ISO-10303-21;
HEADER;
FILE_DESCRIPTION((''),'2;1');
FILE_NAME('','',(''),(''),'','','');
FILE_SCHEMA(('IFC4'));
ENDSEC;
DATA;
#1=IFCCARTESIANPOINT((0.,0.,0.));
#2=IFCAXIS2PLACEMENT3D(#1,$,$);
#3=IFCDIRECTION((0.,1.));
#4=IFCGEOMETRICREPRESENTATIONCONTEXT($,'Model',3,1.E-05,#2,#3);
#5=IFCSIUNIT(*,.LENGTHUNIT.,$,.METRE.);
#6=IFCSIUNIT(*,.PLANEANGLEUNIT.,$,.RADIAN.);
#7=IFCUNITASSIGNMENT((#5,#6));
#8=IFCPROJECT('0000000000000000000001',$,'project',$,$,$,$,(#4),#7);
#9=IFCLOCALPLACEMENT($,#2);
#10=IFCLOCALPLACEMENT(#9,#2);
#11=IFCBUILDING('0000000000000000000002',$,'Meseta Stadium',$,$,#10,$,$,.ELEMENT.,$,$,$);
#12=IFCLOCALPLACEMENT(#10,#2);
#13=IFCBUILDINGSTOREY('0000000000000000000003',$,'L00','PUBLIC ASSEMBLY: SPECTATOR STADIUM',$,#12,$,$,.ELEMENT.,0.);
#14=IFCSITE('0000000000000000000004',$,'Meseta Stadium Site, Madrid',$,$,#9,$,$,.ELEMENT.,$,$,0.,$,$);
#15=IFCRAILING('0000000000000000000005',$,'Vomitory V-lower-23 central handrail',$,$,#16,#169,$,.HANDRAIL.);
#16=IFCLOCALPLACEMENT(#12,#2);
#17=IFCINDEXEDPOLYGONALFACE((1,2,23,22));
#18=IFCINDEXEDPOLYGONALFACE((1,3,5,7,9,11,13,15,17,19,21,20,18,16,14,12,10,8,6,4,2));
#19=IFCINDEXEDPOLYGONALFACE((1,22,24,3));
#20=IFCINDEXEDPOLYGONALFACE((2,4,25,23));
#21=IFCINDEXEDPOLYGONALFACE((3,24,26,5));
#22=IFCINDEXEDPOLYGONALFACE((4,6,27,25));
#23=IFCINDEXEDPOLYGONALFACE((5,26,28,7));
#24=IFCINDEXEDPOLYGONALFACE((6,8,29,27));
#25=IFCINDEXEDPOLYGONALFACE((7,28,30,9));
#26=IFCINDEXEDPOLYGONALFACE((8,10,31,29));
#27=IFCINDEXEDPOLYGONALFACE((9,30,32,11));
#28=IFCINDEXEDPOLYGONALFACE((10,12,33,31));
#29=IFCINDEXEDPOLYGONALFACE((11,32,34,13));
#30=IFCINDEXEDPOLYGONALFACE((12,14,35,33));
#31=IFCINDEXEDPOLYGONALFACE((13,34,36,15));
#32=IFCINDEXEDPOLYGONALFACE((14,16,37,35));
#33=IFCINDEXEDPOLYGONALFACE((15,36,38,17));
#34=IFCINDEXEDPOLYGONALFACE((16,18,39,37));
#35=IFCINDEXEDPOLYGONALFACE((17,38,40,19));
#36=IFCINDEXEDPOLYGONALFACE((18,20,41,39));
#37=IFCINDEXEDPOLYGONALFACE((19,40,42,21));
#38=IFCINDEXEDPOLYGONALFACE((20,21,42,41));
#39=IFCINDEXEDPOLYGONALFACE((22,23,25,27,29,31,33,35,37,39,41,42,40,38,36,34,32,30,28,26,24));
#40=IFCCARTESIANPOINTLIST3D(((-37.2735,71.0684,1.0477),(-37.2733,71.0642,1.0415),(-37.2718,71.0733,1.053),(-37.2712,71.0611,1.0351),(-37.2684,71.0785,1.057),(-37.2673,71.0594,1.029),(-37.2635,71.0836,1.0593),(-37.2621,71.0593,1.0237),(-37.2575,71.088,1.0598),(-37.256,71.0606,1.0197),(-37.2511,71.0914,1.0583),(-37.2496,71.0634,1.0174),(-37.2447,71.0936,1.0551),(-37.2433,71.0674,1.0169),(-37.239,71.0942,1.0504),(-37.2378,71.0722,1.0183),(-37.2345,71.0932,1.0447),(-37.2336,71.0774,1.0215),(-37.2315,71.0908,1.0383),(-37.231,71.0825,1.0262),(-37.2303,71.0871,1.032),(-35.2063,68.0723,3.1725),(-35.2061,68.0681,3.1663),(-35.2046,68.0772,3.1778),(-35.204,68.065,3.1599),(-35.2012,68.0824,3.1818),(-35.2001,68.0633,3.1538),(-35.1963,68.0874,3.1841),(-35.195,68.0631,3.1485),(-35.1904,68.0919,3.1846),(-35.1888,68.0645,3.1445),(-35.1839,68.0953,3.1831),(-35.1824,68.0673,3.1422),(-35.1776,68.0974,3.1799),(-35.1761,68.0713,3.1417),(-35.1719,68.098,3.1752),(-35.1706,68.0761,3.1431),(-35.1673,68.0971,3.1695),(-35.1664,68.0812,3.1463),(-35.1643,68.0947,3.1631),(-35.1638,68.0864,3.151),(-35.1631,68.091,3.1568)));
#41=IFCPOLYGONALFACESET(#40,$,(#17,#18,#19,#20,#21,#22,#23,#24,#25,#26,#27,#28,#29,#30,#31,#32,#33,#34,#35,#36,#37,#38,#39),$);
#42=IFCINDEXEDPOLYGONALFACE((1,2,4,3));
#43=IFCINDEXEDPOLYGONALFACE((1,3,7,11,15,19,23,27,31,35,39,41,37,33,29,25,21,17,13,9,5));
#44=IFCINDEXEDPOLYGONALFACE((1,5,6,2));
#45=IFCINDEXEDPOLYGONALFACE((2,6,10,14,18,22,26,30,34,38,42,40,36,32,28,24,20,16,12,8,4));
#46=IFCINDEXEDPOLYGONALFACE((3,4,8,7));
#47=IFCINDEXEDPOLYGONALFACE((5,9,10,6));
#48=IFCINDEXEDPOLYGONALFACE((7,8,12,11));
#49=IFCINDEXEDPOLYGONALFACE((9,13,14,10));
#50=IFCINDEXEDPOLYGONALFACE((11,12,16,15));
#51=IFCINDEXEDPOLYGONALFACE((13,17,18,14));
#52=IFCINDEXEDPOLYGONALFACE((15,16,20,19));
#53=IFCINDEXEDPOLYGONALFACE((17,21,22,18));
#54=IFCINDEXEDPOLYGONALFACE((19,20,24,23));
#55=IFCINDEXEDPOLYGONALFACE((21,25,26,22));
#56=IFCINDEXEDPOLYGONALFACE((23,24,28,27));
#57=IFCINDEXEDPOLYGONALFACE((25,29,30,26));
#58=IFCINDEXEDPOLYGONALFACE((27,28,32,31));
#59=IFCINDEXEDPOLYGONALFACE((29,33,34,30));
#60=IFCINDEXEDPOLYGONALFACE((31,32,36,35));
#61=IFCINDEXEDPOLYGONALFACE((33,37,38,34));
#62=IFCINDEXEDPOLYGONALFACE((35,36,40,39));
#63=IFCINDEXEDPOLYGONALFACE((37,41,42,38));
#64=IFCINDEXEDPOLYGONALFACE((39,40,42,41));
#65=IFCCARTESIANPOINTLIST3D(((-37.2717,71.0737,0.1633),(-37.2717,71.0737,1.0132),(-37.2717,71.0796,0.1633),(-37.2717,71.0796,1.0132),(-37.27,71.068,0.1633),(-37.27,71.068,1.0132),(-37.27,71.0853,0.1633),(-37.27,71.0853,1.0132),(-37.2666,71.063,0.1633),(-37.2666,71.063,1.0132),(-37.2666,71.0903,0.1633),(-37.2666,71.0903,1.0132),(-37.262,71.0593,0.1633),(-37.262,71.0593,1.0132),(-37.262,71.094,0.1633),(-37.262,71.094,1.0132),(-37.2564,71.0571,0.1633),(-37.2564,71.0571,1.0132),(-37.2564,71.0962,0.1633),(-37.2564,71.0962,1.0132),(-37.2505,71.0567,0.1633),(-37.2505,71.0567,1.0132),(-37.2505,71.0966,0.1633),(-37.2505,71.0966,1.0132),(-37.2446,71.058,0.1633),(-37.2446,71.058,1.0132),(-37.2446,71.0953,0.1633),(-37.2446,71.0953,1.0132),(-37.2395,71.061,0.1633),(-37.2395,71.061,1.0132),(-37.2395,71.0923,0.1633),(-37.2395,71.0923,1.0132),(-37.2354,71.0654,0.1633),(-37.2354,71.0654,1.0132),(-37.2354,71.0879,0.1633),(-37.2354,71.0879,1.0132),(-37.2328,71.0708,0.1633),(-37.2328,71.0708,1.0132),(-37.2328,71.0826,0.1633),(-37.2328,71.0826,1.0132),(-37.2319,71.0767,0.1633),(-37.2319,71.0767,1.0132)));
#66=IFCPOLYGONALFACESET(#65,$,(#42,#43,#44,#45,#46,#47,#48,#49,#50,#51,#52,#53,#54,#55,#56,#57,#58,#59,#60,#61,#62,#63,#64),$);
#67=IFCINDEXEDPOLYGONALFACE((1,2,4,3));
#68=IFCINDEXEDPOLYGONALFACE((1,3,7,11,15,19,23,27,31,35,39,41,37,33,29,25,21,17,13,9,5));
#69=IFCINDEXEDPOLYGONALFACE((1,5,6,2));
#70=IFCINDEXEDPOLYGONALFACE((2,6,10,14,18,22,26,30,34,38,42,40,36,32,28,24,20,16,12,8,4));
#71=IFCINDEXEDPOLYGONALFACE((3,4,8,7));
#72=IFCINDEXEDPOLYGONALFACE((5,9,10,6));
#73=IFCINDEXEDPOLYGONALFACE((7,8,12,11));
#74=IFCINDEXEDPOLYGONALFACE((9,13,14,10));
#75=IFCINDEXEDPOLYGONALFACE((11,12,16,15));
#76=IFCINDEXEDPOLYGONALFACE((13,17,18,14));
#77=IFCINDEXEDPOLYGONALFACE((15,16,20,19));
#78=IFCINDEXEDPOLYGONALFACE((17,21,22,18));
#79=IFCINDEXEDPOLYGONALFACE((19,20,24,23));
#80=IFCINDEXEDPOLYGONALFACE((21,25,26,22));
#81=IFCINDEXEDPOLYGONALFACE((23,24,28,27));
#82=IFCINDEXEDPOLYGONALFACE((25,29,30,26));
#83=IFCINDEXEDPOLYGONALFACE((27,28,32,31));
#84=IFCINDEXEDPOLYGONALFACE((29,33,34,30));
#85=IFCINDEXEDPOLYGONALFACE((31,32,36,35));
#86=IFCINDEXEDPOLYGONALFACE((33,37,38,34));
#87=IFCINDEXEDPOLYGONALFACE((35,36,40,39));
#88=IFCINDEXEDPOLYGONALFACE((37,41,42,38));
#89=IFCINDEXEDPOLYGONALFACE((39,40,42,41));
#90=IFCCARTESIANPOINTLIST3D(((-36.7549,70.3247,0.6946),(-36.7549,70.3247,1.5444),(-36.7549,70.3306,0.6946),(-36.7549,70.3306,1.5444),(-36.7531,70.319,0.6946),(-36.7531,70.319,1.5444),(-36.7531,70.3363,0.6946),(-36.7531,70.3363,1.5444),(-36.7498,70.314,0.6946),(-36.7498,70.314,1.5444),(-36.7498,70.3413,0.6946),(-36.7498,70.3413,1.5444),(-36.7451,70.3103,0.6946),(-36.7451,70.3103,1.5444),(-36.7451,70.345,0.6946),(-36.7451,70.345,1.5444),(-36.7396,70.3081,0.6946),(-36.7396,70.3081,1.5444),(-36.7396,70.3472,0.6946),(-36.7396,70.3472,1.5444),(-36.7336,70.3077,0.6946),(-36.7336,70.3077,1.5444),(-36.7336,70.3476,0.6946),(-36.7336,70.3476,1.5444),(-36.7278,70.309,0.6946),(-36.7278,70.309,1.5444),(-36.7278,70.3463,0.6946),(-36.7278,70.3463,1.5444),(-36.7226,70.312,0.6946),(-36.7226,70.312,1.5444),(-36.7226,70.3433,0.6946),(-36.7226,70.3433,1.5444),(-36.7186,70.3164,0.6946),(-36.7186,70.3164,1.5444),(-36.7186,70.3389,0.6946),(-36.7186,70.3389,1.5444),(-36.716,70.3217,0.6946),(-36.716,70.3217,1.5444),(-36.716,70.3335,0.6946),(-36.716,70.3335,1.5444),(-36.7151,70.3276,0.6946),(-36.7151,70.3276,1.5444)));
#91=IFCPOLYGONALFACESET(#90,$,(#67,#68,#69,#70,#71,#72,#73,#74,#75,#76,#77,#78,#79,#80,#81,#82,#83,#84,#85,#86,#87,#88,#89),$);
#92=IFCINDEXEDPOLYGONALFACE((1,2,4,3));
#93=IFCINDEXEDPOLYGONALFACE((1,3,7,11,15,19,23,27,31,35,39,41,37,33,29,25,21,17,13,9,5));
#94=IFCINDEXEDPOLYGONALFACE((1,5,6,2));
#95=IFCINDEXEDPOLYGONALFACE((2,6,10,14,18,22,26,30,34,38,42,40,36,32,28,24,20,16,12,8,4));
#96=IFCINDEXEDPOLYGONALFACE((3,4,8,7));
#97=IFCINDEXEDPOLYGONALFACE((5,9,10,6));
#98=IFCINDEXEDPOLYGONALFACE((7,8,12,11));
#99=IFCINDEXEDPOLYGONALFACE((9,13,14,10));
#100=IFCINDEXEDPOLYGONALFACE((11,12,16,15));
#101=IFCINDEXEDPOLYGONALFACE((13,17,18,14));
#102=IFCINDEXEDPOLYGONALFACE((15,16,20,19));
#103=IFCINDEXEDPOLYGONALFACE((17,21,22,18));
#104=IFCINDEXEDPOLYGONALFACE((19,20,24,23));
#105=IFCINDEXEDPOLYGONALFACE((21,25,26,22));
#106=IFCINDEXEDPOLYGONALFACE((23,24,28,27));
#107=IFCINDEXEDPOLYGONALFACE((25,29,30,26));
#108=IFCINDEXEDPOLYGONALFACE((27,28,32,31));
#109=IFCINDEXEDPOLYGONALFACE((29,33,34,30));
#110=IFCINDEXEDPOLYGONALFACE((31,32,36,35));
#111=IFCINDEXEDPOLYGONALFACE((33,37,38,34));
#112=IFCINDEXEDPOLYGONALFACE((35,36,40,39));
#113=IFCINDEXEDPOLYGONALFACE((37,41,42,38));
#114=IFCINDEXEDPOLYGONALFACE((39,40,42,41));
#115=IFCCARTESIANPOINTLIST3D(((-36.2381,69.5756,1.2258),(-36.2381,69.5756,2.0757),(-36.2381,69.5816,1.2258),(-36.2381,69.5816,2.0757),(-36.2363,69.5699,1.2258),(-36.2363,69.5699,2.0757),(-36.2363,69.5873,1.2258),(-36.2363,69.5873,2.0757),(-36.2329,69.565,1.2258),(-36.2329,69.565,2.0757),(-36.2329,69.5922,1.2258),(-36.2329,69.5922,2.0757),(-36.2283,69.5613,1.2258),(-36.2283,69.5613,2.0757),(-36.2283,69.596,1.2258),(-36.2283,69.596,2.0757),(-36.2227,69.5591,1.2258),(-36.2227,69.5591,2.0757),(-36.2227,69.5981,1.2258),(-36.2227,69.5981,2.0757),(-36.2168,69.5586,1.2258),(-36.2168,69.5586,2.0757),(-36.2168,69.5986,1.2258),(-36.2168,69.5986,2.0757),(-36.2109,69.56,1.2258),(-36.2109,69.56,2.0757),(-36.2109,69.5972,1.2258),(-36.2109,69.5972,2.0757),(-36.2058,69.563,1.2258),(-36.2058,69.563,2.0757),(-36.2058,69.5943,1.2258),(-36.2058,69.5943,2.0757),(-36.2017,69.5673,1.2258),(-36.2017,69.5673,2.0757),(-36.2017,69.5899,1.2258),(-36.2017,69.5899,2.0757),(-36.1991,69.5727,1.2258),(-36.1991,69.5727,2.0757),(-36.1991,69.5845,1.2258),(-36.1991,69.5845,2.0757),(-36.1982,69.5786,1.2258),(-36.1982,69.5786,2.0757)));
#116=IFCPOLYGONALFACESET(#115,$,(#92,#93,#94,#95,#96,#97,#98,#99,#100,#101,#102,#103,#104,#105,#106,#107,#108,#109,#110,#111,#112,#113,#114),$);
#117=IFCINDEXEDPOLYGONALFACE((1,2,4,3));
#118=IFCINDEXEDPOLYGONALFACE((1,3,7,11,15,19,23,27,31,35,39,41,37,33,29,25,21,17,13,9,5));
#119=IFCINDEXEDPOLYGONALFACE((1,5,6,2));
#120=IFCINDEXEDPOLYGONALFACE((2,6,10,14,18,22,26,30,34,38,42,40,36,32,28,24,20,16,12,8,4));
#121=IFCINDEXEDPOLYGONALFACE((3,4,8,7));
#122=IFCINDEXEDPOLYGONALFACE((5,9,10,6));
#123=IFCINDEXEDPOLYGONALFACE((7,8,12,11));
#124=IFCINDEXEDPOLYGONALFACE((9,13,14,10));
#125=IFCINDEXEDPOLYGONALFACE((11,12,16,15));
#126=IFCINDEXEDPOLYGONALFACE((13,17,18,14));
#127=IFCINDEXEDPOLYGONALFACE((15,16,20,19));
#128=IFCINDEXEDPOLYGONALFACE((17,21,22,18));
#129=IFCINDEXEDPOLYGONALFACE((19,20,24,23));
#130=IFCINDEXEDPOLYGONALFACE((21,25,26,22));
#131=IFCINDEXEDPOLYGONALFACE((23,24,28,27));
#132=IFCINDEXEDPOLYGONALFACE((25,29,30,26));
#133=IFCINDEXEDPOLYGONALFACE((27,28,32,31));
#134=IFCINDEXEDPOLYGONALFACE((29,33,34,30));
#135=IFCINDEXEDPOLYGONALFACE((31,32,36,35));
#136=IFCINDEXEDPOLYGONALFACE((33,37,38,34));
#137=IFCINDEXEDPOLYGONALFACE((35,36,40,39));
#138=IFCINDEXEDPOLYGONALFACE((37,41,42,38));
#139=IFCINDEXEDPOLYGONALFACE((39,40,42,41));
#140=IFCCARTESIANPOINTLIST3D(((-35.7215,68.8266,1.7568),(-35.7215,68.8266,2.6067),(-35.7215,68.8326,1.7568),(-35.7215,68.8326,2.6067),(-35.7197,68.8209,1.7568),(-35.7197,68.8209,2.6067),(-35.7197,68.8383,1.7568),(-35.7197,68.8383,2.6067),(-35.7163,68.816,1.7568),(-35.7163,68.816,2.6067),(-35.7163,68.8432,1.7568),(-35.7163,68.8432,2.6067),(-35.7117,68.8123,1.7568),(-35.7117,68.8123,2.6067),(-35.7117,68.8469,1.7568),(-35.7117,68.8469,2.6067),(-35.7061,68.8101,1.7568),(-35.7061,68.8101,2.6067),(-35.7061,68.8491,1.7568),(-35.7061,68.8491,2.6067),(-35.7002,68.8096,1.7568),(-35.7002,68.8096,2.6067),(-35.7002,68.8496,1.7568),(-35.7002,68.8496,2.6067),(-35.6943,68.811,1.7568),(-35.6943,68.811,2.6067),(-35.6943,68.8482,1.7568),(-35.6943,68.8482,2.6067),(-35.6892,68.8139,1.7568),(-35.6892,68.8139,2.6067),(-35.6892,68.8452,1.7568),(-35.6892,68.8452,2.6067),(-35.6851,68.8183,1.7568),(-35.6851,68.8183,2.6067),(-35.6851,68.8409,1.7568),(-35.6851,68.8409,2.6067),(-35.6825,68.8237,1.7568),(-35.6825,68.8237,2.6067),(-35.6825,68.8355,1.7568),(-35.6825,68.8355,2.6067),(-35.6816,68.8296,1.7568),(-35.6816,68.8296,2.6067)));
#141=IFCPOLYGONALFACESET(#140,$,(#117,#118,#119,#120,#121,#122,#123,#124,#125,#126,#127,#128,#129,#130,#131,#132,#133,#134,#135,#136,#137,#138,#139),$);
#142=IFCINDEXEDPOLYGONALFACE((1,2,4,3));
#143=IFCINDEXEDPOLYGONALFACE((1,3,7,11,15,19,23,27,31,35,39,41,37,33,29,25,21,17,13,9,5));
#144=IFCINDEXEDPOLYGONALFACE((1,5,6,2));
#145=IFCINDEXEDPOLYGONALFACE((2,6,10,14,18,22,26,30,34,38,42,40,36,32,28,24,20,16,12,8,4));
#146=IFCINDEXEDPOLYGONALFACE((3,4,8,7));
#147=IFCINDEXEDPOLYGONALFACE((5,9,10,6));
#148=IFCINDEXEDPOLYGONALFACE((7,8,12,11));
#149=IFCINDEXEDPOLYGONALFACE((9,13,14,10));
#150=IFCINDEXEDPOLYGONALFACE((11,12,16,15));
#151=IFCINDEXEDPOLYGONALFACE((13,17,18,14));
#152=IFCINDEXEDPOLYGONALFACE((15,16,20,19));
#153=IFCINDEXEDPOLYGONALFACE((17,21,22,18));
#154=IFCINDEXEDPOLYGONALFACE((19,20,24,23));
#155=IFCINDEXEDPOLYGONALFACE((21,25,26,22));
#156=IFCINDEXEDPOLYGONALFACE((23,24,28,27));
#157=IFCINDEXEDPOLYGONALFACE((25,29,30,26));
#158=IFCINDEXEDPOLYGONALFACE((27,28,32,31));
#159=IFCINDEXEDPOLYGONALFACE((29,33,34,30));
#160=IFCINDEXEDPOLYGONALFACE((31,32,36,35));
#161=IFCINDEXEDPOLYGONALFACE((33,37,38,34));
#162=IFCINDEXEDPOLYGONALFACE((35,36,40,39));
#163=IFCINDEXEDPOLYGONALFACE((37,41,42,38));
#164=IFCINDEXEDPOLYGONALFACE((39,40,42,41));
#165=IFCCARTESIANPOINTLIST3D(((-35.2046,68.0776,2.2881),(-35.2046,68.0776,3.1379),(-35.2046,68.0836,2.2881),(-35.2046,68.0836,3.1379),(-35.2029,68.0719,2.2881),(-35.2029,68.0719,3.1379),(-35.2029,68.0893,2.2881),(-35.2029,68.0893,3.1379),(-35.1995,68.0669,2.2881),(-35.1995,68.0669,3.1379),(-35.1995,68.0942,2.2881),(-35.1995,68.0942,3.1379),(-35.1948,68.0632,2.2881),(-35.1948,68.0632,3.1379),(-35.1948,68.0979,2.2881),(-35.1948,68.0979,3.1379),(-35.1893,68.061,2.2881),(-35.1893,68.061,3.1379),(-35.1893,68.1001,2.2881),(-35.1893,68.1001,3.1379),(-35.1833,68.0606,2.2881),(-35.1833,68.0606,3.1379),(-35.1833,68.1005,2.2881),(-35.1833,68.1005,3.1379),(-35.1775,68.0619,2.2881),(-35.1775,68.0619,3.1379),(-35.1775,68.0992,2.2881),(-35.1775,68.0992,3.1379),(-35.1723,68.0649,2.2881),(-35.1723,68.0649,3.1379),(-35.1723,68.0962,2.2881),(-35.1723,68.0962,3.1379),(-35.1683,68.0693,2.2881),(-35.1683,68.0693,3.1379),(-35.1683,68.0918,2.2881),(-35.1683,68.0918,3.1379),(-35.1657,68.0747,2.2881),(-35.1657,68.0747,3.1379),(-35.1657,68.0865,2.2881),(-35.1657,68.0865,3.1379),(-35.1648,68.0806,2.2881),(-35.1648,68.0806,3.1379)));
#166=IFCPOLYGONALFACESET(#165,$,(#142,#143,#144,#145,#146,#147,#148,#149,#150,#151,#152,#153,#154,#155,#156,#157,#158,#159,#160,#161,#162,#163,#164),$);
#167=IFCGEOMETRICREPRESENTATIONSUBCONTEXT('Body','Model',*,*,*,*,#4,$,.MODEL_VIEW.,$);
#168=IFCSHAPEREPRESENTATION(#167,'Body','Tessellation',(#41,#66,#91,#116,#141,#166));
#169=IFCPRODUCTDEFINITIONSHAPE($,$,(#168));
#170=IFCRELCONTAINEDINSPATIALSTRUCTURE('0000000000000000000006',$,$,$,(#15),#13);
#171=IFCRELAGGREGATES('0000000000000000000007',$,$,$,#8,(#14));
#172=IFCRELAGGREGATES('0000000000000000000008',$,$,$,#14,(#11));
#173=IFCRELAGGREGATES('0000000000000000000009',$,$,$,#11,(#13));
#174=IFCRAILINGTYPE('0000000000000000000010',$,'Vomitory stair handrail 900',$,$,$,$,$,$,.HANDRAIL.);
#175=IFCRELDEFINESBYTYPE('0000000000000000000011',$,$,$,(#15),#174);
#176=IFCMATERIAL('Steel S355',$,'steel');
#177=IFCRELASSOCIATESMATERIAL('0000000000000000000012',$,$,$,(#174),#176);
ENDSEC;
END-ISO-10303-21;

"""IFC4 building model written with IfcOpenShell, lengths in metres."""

from ifc_helpers import new_model, si_unit, direction, frame, origin, origin_2d, place, context, subcontext, project, spatial, circle, extrude, material, type_object, element, save


model = new_model("IFC4")

# Units and contexts
model_context = context("Model", 3, precision=1e-05, world=origin(), true_north=direction((0.0, 1.0)))
body_context = subcontext(model_context, "Body", "Model", "MODEL_VIEW")
ifc_project = project(units=[si_unit("LENGTHUNIT", "METRE"), si_unit("PLANEANGLEUNIT", "RADIAN")], contexts=[model_context])

# Site, building, storey
site_placement = place(None, origin())
site = spatial("IfcSite", under=ifc_project, at=site_placement, Name="Meseta Stadium Site, Madrid", CompositionType="ELEMENT", RefElevation=0.0)
building_placement = place(site_placement, origin())
building = spatial("IfcBuilding", under=site, at=building_placement, Name="Meseta Stadium", CompositionType="ELEMENT")
storey_placement = place(building_placement, origin())
storey = spatial("IfcBuildingStorey", under=building, at=storey_placement, Name="L00", Description="PUBLIC ASSEMBLY: SPECTATOR STADIUM", CompositionType="ELEMENT", Elevation=0.0)

# Railing
ifc_material_1 = material(Name="Steel S355", Category="steel")
railing_type_1 = type_object("IfcRailingType", Name="Vomitory stair handrail 900", PredefinedType="HANDRAIL", material=ifc_material_1)
railing_1_placement = place(storey_placement, frame((-37.252, 71.0767, 0.1633)))
element("IfcRailing", 1, at=railing_1_placement, inside=storey, type_object=railing_type_1, Name="Vomitory V-lower-23 central handrail", PredefinedType="HANDRAIL", context=body_context, shape_type="SweptSolid", body=[
    extrude(circle(Radius=0.0249, at=origin_2d()), frame((0.0, 0.0, 0.875), z_axis=(0.490452, -0.710857, 0.504122), x_axis=(0.823101, 0.567894, 0.0)), (0.0, 0.0, 1.0), 4.2148),
    extrude(circle(Radius=0.02, at=origin_2d()), origin(), (0.0, 0.0, 1.0), 0.8499),
    extrude(circle(Radius=0.02, at=origin_2d()), frame((0.5168, -0.749, 0.5312)), (0.0, 0.0, 1.0), 0.8499),
    extrude(circle(Radius=0.02, at=origin_2d()), frame((1.0337, -1.498, 1.0625)), (0.0, 0.0, 1.0), 0.8499),
    extrude(circle(Radius=0.02, at=origin_2d()), frame((1.5503, -2.2471, 1.5935)), (0.0, 0.0, 1.0), 0.8499),
    extrude(circle(Radius=0.02, at=origin_2d()), frame((2.0671, -2.9961, 2.1248)), (0.0, 0.0, 1.0), 0.8499),
])

save(model, "model.ifc")
